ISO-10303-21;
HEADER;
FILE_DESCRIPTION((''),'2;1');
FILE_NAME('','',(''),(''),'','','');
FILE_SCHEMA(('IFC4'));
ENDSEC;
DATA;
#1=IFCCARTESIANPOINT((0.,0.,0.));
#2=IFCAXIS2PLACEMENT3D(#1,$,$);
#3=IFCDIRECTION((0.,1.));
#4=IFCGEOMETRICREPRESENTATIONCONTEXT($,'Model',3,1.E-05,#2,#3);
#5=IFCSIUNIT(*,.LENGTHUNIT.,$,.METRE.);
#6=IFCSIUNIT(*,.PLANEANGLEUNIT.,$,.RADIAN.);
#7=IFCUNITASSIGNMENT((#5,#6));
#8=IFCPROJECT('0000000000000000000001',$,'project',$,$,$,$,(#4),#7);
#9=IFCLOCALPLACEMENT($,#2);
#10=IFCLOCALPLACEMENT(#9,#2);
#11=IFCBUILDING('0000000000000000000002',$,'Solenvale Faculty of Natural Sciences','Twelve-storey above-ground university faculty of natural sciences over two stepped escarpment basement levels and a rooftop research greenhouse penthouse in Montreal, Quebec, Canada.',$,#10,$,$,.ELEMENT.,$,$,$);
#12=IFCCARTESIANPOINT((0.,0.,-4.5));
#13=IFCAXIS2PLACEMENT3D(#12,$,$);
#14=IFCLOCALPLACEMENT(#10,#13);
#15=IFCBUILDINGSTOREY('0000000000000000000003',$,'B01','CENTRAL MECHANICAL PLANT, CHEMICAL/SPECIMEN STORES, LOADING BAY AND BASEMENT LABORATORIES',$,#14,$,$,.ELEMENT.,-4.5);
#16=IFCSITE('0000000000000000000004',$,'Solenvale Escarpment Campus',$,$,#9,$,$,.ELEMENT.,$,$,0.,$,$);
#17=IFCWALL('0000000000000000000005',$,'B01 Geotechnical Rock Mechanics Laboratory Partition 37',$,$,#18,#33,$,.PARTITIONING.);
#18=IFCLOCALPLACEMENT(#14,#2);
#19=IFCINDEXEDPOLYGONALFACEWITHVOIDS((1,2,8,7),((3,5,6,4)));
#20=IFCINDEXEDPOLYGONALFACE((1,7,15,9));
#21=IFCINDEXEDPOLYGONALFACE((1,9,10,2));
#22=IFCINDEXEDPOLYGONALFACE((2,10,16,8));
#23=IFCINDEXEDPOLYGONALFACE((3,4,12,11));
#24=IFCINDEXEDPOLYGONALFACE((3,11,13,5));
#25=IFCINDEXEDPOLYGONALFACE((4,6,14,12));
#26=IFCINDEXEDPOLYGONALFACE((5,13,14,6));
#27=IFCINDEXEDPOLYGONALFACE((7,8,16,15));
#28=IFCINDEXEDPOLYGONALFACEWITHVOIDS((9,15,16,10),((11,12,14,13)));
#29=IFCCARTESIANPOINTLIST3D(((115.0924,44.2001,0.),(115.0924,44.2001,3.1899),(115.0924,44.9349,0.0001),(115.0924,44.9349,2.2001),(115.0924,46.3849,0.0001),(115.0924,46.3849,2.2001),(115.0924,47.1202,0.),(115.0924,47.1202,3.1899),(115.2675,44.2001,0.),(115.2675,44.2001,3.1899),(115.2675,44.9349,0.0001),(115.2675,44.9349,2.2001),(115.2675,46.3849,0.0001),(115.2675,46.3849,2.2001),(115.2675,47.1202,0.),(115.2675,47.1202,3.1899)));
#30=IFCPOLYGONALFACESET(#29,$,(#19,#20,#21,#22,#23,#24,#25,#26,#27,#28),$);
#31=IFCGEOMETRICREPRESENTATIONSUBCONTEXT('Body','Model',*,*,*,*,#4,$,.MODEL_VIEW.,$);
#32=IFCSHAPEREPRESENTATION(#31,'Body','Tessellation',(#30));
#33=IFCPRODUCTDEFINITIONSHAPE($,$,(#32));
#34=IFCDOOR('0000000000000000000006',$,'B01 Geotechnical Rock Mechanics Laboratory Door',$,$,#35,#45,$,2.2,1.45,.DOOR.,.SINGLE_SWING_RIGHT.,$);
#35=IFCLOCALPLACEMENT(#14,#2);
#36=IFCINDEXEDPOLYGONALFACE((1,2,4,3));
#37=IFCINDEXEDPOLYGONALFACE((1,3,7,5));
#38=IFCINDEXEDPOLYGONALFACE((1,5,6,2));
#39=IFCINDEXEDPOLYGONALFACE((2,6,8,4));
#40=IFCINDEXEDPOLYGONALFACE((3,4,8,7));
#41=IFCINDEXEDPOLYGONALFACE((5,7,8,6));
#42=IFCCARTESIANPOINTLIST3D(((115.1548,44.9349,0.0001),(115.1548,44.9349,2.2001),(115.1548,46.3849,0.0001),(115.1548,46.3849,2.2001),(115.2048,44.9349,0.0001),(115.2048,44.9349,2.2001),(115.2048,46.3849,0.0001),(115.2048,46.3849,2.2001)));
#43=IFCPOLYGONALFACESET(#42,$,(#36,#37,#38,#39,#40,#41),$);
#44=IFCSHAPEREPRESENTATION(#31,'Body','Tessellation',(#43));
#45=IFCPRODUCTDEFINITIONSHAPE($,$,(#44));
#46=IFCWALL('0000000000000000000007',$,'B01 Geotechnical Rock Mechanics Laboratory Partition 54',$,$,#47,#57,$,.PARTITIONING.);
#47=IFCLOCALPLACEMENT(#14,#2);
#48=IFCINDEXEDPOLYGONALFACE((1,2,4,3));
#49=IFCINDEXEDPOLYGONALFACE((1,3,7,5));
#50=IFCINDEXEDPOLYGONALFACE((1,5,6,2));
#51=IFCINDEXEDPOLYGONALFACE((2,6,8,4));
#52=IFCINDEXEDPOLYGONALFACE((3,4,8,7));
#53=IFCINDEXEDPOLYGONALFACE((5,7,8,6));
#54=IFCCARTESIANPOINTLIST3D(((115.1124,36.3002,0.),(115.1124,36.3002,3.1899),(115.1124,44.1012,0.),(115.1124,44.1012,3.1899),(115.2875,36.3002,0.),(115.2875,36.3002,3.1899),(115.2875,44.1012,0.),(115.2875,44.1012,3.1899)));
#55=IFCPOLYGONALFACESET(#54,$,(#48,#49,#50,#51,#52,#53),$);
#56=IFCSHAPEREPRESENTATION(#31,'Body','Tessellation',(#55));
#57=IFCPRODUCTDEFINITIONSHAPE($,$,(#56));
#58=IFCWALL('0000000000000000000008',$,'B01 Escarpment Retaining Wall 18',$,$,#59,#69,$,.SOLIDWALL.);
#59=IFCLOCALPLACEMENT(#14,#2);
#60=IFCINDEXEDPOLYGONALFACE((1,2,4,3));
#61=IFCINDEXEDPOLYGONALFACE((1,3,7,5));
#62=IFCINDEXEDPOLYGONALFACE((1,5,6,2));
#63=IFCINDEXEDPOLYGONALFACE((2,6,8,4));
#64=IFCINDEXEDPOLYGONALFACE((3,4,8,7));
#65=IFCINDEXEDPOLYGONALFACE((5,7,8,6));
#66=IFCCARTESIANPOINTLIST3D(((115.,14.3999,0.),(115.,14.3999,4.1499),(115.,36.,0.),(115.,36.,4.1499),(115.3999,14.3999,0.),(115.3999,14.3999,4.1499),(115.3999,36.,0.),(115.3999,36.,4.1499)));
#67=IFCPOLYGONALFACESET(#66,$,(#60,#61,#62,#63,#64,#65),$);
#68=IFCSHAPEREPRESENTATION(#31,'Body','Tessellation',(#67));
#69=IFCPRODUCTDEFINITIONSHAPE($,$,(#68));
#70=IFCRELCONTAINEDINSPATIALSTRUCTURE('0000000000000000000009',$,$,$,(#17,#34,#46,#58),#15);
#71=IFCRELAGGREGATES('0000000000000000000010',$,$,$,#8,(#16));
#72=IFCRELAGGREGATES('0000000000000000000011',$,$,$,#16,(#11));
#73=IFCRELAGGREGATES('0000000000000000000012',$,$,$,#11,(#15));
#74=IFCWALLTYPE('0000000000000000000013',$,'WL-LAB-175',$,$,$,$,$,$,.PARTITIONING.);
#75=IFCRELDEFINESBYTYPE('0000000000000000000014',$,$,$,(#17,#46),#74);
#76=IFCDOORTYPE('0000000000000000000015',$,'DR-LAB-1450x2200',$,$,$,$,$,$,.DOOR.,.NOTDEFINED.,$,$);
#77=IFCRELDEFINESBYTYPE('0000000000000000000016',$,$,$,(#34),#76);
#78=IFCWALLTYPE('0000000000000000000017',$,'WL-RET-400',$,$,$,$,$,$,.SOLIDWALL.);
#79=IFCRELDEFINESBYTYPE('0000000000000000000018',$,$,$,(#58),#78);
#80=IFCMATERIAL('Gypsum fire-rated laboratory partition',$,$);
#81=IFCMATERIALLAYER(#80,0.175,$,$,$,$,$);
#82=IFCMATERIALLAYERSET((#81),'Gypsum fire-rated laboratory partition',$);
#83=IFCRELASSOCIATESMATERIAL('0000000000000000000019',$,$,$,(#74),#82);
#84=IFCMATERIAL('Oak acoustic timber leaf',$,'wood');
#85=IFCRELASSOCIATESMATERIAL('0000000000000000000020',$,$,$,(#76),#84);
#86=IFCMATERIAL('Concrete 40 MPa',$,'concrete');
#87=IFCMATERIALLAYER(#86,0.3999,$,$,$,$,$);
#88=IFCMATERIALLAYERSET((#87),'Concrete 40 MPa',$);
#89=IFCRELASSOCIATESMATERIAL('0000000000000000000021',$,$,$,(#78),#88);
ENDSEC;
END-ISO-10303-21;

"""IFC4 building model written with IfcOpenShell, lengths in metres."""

from ifc_helpers import new_model, si_unit, direction, frame, frame_2d, origin, place, context, subcontext, project, spatial, rectangle, extrude, material, layer, layer_set, type_object, element, fill, save


model = new_model("IFC4")

# Units and contexts
model_context = context("Model", 3, precision=1e-05, world=origin(), true_north=direction((0.0, 1.0)))
body_context = subcontext(model_context, "Body", "Model", "MODEL_VIEW")
ifc_project = project(units=[si_unit("LENGTHUNIT", "METRE"), si_unit("PLANEANGLEUNIT", "RADIAN")], contexts=[model_context])

# Site, building, storey
site_placement = place(None, origin())
site = spatial("IfcSite", under=ifc_project, at=site_placement, Name="Solenvale Escarpment Campus", CompositionType="ELEMENT", RefElevation=0.0)
building_placement = place(site_placement, origin())
building = spatial("IfcBuilding", under=site, at=building_placement, Name="Solenvale Faculty of Natural Sciences", Description="Twelve-storey above-ground university faculty of natural sciences over two stepped escarpment basement levels and a rooftop research greenhouse penthouse in Montreal, Quebec, Canada.", CompositionType="ELEMENT")
storey_placement = place(building_placement, frame((0.0, 0.0, -4.5)))
storey = spatial("IfcBuildingStorey", under=building, at=storey_placement, Name="B01", Description="CENTRAL MECHANICAL PLANT, CHEMICAL/SPECIMEN STORES, LOADING BAY AND BASEMENT LABORATORIES", CompositionType="ELEMENT", Elevation=-4.5)

# Shared definitions
ifc_material_1 = material(Name="Concrete 40 MPa", Category="concrete")

# Wall, opening, door
ifc_material_2 = material(Name="Gypsum fire-rated laboratory partition")
ifc_layer_1 = layer(ifc_material_2, 0.175)
ifc_layer_set_1 = layer_set([ifc_layer_1], Name="Gypsum fire-rated laboratory partition")
wall_type_1 = type_object("IfcWallType", Name="WL-LAB-175", PredefinedType="PARTITIONING", material=ifc_layer_set_1)
wall_1_placement = place(storey_placement, frame((115.1799, 47.1201, 0.0), z_axis=(0.0, 0.0, 1.0), x_axis=(0.0, -1.0, 0.0)))
wall_1 = element("IfcWall", 1, at=wall_1_placement, inside=storey, type_object=wall_type_1, Name="B01 Geotechnical Rock Mechanics Laboratory Partition 37", PredefinedType="PARTITIONING", context=body_context, shape_type="SweptSolid", body=[
    extrude(rectangle(XDim=2.9202, YDim=0.175, at=frame_2d((1.46, 0.0))), origin(), (0.0, 0.0, 1.0), 3.1899),
])
opening_placement = place(wall_1_placement, frame((0.7351, 0.0, 0.0)))
opening = element("IfcOpeningElement", 2, at=opening_placement, cuts=wall_1, PredefinedType="OPENING", context=body_context, shape_type="SweptSolid", body=[
    extrude(rectangle(XDim=1.45, YDim=2.2, at=frame_2d((0.7251, 1.1001))), frame((0.0, 0.0974, 0.0), z_axis=(0.0, -1.0, 0.0), x_axis=(1.0, 0.0, 0.0)), (0.0, 0.0, 1.0), 0.1951),
])
ifc_material_3 = material(Name="Oak acoustic timber leaf", Category="wood")
door_type = type_object("IfcDoorType", Name="DR-LAB-1450x2200", OperationType="NOTDEFINED", PredefinedType="DOOR", material=ifc_material_3)
door_placement = place(opening_placement, origin())
door = element("IfcDoor", 3, at=door_placement, inside=storey, type_object=door_type, Name="B01 Geotechnical Rock Mechanics Laboratory Door", OperationType="SINGLE_SWING_RIGHT", OverallHeight=2.2, OverallWidth=1.45, PredefinedType="DOOR", context=body_context, shape_type="SweptSolid", body=[
    extrude(rectangle(XDim=1.45, YDim=2.2, at=frame_2d((0.7251, 1.1001))), frame((0.0, 0.0249, 0.0), z_axis=(0.0, -1.0, 0.0), x_axis=(1.0, 0.0, 0.0)), (0.0, 0.0, 1.0), 0.05),
])
fill(opening, door)

# Walls
wall_2_placement = place(storey_placement, frame((115.2, 44.1011, 0.0), z_axis=(0.0, 0.0, 1.0), x_axis=(0.0, -1.0, 0.0)))
element("IfcWall", 4, at=wall_2_placement, inside=storey, type_object=wall_type_1, Name="B01 Geotechnical Rock Mechanics Laboratory Partition 54", PredefinedType="PARTITIONING", context=body_context, shape_type="SweptSolid", body=[
    extrude(rectangle(XDim=7.801, YDim=0.175, at=frame_2d((3.9004, 0.0))), origin(), (0.0, 0.0, 1.0), 3.1899),
])
ifc_layer_2 = layer(ifc_material_1, 0.3999)
ifc_layer_set_2 = layer_set([ifc_layer_2], Name="Concrete 40 MPa")
wall_type_2 = type_object("IfcWallType", Name="WL-RET-400", PredefinedType="SOLIDWALL", material=ifc_layer_set_2)
wall_3_placement = place(storey_placement, frame((115.2, 36.0, 0.0), z_axis=(0.0, 0.0, 1.0), x_axis=(0.0, -1.0, 0.0)))
element("IfcWall", 5, at=wall_3_placement, inside=storey, type_object=wall_type_2, Name="B01 Escarpment Retaining Wall 18", PredefinedType="SOLIDWALL", context=body_context, shape_type="SweptSolid", body=[
    extrude(rectangle(XDim=21.6001, YDim=0.3999, at=frame_2d((10.8, 0.0))), origin(), (0.0, 0.0, 1.0), 4.1499),
])

save(model, "model.ifc")
